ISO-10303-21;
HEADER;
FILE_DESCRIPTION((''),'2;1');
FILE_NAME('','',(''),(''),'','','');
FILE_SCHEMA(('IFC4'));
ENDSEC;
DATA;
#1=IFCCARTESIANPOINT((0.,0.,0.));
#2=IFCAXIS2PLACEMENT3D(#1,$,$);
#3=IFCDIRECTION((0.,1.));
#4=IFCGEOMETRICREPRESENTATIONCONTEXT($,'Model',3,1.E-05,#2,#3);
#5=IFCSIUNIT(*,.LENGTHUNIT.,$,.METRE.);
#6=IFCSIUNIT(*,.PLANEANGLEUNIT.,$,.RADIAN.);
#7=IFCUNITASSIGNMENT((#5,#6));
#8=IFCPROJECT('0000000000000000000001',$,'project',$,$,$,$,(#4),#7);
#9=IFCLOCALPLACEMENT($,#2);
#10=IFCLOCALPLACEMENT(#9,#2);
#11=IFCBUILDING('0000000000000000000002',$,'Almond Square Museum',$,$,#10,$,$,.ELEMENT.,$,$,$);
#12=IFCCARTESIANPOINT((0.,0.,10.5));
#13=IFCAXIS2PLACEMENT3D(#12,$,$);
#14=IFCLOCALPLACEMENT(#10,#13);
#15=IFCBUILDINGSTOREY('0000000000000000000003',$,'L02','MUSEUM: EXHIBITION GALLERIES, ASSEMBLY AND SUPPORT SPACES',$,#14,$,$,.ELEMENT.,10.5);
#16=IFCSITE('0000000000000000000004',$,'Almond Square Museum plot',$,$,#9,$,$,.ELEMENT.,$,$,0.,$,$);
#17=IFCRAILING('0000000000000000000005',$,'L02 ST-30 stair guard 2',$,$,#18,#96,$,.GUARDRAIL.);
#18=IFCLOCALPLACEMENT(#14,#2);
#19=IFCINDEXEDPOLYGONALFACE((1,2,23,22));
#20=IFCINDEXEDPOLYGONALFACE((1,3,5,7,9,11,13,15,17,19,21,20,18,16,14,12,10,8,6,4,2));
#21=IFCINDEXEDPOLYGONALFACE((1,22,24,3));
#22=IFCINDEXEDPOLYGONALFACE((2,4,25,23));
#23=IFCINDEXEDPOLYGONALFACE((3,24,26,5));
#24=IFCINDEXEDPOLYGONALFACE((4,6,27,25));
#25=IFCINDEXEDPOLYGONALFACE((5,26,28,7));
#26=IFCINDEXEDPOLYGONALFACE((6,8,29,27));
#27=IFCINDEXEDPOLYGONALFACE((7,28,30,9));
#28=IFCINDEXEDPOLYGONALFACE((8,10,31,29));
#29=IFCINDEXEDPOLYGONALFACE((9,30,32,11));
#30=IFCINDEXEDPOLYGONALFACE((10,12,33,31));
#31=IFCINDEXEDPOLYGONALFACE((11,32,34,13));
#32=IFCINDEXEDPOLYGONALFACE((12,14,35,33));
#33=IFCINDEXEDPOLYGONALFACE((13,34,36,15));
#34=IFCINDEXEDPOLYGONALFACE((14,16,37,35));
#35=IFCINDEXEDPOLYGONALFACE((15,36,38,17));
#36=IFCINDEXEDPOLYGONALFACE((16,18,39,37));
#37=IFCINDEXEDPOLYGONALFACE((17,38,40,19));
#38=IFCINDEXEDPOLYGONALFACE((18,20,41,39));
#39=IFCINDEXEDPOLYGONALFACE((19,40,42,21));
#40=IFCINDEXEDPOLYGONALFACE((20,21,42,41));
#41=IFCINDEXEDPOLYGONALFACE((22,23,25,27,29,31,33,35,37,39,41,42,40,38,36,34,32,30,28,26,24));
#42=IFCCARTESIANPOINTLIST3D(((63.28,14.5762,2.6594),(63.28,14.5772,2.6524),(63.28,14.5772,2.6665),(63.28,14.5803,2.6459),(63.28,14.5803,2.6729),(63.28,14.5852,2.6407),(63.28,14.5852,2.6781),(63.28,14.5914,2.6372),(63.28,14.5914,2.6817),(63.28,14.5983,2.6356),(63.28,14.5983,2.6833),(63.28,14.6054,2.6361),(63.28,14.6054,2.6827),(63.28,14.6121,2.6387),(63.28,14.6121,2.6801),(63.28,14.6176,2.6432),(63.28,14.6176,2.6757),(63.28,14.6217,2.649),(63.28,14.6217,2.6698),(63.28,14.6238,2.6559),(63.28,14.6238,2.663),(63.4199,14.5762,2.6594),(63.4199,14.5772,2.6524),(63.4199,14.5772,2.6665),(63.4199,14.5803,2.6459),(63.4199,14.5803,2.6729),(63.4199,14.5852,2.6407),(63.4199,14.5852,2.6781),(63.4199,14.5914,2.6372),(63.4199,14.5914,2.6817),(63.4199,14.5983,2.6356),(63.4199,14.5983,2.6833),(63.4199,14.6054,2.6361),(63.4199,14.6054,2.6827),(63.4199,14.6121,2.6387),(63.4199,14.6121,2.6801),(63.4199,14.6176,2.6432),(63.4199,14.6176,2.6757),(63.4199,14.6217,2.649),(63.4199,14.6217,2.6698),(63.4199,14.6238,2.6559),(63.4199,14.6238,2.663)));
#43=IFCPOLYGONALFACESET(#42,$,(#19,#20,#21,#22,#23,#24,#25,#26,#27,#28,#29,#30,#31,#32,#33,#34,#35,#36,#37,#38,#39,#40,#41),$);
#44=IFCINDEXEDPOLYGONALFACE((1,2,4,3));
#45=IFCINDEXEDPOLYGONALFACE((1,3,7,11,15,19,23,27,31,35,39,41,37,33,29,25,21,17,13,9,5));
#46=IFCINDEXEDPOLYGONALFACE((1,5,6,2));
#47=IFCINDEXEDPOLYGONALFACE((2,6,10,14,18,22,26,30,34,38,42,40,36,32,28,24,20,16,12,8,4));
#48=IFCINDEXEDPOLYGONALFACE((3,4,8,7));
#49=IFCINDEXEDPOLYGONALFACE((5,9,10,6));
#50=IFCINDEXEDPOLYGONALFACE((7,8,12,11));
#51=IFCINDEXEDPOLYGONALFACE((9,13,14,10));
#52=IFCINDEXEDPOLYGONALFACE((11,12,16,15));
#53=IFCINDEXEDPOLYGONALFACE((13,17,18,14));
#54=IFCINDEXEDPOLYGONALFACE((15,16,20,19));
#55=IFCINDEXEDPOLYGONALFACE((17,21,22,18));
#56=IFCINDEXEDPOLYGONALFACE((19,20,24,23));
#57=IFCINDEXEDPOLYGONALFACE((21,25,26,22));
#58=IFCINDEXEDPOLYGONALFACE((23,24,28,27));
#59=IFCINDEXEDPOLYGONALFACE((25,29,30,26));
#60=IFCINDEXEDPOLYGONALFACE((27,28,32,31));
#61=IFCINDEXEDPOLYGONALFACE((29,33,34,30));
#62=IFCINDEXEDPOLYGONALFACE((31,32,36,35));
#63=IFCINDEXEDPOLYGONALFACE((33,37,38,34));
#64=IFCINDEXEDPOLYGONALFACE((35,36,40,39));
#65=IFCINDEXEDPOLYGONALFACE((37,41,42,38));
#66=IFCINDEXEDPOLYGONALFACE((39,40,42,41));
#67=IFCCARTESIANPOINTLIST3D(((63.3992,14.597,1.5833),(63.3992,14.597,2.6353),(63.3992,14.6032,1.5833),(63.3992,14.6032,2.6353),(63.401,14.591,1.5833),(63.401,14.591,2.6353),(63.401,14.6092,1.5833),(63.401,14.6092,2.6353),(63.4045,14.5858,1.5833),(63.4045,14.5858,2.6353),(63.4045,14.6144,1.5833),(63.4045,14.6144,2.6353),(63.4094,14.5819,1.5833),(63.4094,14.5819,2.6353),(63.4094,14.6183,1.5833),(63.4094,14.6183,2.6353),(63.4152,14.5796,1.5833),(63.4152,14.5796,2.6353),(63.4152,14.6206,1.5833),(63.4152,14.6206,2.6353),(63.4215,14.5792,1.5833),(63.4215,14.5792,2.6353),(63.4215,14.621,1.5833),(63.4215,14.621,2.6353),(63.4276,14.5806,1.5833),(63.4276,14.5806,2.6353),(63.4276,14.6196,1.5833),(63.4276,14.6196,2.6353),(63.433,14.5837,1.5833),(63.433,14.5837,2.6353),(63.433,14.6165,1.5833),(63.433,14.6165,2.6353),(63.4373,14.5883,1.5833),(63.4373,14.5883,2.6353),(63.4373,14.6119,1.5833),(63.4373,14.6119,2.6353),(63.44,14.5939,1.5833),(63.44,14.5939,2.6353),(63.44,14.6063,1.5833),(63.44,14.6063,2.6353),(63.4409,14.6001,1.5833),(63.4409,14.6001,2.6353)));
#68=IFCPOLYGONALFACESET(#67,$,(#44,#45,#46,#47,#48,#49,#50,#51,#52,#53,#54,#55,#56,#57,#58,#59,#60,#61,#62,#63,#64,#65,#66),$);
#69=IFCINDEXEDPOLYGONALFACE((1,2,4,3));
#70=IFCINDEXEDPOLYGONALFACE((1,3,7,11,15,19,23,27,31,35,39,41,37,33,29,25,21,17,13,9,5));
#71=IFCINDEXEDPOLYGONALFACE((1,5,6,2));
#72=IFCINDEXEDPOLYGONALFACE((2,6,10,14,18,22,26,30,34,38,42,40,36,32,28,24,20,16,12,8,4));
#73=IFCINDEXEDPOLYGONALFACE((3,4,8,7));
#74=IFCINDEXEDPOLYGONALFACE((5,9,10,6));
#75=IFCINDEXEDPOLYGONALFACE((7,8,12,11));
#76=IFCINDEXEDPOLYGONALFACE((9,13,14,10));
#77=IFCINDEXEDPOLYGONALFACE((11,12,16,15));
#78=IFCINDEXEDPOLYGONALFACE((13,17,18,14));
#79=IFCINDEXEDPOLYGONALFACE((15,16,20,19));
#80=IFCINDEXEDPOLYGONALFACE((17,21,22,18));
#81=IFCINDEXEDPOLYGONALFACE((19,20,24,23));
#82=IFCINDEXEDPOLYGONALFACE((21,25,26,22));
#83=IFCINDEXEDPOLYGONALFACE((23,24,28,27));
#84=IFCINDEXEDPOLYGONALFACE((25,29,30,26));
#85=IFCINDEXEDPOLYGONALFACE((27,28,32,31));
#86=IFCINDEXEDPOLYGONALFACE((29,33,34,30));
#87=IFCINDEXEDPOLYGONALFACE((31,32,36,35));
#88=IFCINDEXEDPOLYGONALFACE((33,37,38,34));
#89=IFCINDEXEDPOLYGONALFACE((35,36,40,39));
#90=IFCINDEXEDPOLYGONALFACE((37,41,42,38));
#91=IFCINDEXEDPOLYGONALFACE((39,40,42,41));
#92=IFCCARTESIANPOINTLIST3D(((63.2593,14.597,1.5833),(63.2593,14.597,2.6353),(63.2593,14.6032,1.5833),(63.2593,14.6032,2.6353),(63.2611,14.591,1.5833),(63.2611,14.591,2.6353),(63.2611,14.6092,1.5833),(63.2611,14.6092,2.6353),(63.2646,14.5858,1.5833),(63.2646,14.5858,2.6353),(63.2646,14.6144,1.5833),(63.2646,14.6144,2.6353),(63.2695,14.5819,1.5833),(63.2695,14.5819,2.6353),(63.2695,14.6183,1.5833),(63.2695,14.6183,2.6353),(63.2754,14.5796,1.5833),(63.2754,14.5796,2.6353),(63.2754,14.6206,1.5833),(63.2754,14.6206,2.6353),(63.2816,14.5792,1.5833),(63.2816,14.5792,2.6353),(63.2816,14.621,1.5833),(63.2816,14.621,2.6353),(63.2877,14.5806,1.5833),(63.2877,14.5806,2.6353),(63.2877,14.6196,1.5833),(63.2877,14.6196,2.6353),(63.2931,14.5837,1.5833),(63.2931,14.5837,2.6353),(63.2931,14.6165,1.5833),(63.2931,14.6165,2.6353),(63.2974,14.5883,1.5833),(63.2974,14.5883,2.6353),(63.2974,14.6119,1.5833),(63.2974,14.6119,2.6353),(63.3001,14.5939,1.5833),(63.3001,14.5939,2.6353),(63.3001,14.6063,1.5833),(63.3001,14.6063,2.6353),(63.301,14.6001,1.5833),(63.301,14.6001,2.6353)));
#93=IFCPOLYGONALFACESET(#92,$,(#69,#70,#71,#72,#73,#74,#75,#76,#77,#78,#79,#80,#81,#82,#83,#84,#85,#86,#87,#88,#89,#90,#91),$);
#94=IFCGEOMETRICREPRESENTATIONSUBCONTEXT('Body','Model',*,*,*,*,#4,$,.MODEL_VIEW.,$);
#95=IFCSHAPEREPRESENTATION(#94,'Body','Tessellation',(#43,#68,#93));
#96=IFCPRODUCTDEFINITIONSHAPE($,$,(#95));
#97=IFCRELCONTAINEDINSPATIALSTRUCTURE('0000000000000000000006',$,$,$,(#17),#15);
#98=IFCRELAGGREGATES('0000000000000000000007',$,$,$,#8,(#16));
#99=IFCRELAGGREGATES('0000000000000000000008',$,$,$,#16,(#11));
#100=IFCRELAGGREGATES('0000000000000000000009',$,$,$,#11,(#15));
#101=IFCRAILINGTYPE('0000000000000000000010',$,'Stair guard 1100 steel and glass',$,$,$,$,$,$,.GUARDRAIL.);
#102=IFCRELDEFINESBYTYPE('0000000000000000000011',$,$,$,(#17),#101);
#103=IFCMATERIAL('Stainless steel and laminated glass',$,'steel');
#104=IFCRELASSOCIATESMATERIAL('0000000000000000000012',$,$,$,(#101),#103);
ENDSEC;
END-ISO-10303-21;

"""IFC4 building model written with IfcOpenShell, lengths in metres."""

from ifc_helpers import new_model, si_unit, direction, frame, origin, origin_2d, place, context, subcontext, project, spatial, circle, extrude, material, type_object, element, save


model = new_model("IFC4")

# Units and contexts
model_context = context("Model", 3, precision=1e-05, world=origin(), true_north=direction((0.0, 1.0)))
body_context = subcontext(model_context, "Body", "Model", "MODEL_VIEW")
ifc_project = project(units=[si_unit("LENGTHUNIT", "METRE"), si_unit("PLANEANGLEUNIT", "RADIAN")], contexts=[model_context])

# Site, building, storey
site_placement = place(None, origin())
site = spatial("IfcSite", under=ifc_project, at=site_placement, Name="Almond Square Museum plot", CompositionType="ELEMENT", RefElevation=0.0)
building_placement = place(site_placement, origin())
building = spatial("IfcBuilding", under=site, at=building_placement, Name="Almond Square Museum", CompositionType="ELEMENT")
storey_placement = place(building_placement, frame((0.0, 0.0, 10.5)))
storey = spatial("IfcBuildingStorey", under=building, at=storey_placement, Name="L02", Description="MUSEUM: EXHIBITION GALLERIES, ASSEMBLY AND SUPPORT SPACES", CompositionType="ELEMENT", Elevation=10.5)

# Railing
ifc_material_1 = material(Name="Stainless steel and laminated glass", Category="steel")
railing_type_1 = type_object("IfcRailingType", Name="Stair guard 1100 steel and glass", PredefinedType="GUARDRAIL", material=ifc_material_1)
for number, where, name in (
    (1, (63.4199, 14.6001, 1.5833), "L02 ST-30 stair guard 2"),
):
    element("IfcRailing", number, at=place(storey_placement, frame(where)), inside=storey, type_object=railing_type_1, Name=name, PredefinedType="GUARDRAIL", context=body_context, shape_type="SweptSolid", body=[
        extrude(circle(Radius=0.0239, at=origin_2d()), frame((0.0, 0.0, 1.0762), z_axis=(-1.0, 0.0, 0.0), x_axis=(0.0, -1.0, 0.0)), (0.0, 0.0, 1.0), 0.1399),
        extrude(circle(Radius=0.021, at=origin_2d()), origin(), (0.0, 0.0, 1.0), 1.052),
        extrude(circle(Radius=0.021, at=origin_2d()), frame((-0.1399, 0.0, 0.0)), (0.0, 0.0, 1.0), 1.052),
    ])

save(model, "model.ifc")
